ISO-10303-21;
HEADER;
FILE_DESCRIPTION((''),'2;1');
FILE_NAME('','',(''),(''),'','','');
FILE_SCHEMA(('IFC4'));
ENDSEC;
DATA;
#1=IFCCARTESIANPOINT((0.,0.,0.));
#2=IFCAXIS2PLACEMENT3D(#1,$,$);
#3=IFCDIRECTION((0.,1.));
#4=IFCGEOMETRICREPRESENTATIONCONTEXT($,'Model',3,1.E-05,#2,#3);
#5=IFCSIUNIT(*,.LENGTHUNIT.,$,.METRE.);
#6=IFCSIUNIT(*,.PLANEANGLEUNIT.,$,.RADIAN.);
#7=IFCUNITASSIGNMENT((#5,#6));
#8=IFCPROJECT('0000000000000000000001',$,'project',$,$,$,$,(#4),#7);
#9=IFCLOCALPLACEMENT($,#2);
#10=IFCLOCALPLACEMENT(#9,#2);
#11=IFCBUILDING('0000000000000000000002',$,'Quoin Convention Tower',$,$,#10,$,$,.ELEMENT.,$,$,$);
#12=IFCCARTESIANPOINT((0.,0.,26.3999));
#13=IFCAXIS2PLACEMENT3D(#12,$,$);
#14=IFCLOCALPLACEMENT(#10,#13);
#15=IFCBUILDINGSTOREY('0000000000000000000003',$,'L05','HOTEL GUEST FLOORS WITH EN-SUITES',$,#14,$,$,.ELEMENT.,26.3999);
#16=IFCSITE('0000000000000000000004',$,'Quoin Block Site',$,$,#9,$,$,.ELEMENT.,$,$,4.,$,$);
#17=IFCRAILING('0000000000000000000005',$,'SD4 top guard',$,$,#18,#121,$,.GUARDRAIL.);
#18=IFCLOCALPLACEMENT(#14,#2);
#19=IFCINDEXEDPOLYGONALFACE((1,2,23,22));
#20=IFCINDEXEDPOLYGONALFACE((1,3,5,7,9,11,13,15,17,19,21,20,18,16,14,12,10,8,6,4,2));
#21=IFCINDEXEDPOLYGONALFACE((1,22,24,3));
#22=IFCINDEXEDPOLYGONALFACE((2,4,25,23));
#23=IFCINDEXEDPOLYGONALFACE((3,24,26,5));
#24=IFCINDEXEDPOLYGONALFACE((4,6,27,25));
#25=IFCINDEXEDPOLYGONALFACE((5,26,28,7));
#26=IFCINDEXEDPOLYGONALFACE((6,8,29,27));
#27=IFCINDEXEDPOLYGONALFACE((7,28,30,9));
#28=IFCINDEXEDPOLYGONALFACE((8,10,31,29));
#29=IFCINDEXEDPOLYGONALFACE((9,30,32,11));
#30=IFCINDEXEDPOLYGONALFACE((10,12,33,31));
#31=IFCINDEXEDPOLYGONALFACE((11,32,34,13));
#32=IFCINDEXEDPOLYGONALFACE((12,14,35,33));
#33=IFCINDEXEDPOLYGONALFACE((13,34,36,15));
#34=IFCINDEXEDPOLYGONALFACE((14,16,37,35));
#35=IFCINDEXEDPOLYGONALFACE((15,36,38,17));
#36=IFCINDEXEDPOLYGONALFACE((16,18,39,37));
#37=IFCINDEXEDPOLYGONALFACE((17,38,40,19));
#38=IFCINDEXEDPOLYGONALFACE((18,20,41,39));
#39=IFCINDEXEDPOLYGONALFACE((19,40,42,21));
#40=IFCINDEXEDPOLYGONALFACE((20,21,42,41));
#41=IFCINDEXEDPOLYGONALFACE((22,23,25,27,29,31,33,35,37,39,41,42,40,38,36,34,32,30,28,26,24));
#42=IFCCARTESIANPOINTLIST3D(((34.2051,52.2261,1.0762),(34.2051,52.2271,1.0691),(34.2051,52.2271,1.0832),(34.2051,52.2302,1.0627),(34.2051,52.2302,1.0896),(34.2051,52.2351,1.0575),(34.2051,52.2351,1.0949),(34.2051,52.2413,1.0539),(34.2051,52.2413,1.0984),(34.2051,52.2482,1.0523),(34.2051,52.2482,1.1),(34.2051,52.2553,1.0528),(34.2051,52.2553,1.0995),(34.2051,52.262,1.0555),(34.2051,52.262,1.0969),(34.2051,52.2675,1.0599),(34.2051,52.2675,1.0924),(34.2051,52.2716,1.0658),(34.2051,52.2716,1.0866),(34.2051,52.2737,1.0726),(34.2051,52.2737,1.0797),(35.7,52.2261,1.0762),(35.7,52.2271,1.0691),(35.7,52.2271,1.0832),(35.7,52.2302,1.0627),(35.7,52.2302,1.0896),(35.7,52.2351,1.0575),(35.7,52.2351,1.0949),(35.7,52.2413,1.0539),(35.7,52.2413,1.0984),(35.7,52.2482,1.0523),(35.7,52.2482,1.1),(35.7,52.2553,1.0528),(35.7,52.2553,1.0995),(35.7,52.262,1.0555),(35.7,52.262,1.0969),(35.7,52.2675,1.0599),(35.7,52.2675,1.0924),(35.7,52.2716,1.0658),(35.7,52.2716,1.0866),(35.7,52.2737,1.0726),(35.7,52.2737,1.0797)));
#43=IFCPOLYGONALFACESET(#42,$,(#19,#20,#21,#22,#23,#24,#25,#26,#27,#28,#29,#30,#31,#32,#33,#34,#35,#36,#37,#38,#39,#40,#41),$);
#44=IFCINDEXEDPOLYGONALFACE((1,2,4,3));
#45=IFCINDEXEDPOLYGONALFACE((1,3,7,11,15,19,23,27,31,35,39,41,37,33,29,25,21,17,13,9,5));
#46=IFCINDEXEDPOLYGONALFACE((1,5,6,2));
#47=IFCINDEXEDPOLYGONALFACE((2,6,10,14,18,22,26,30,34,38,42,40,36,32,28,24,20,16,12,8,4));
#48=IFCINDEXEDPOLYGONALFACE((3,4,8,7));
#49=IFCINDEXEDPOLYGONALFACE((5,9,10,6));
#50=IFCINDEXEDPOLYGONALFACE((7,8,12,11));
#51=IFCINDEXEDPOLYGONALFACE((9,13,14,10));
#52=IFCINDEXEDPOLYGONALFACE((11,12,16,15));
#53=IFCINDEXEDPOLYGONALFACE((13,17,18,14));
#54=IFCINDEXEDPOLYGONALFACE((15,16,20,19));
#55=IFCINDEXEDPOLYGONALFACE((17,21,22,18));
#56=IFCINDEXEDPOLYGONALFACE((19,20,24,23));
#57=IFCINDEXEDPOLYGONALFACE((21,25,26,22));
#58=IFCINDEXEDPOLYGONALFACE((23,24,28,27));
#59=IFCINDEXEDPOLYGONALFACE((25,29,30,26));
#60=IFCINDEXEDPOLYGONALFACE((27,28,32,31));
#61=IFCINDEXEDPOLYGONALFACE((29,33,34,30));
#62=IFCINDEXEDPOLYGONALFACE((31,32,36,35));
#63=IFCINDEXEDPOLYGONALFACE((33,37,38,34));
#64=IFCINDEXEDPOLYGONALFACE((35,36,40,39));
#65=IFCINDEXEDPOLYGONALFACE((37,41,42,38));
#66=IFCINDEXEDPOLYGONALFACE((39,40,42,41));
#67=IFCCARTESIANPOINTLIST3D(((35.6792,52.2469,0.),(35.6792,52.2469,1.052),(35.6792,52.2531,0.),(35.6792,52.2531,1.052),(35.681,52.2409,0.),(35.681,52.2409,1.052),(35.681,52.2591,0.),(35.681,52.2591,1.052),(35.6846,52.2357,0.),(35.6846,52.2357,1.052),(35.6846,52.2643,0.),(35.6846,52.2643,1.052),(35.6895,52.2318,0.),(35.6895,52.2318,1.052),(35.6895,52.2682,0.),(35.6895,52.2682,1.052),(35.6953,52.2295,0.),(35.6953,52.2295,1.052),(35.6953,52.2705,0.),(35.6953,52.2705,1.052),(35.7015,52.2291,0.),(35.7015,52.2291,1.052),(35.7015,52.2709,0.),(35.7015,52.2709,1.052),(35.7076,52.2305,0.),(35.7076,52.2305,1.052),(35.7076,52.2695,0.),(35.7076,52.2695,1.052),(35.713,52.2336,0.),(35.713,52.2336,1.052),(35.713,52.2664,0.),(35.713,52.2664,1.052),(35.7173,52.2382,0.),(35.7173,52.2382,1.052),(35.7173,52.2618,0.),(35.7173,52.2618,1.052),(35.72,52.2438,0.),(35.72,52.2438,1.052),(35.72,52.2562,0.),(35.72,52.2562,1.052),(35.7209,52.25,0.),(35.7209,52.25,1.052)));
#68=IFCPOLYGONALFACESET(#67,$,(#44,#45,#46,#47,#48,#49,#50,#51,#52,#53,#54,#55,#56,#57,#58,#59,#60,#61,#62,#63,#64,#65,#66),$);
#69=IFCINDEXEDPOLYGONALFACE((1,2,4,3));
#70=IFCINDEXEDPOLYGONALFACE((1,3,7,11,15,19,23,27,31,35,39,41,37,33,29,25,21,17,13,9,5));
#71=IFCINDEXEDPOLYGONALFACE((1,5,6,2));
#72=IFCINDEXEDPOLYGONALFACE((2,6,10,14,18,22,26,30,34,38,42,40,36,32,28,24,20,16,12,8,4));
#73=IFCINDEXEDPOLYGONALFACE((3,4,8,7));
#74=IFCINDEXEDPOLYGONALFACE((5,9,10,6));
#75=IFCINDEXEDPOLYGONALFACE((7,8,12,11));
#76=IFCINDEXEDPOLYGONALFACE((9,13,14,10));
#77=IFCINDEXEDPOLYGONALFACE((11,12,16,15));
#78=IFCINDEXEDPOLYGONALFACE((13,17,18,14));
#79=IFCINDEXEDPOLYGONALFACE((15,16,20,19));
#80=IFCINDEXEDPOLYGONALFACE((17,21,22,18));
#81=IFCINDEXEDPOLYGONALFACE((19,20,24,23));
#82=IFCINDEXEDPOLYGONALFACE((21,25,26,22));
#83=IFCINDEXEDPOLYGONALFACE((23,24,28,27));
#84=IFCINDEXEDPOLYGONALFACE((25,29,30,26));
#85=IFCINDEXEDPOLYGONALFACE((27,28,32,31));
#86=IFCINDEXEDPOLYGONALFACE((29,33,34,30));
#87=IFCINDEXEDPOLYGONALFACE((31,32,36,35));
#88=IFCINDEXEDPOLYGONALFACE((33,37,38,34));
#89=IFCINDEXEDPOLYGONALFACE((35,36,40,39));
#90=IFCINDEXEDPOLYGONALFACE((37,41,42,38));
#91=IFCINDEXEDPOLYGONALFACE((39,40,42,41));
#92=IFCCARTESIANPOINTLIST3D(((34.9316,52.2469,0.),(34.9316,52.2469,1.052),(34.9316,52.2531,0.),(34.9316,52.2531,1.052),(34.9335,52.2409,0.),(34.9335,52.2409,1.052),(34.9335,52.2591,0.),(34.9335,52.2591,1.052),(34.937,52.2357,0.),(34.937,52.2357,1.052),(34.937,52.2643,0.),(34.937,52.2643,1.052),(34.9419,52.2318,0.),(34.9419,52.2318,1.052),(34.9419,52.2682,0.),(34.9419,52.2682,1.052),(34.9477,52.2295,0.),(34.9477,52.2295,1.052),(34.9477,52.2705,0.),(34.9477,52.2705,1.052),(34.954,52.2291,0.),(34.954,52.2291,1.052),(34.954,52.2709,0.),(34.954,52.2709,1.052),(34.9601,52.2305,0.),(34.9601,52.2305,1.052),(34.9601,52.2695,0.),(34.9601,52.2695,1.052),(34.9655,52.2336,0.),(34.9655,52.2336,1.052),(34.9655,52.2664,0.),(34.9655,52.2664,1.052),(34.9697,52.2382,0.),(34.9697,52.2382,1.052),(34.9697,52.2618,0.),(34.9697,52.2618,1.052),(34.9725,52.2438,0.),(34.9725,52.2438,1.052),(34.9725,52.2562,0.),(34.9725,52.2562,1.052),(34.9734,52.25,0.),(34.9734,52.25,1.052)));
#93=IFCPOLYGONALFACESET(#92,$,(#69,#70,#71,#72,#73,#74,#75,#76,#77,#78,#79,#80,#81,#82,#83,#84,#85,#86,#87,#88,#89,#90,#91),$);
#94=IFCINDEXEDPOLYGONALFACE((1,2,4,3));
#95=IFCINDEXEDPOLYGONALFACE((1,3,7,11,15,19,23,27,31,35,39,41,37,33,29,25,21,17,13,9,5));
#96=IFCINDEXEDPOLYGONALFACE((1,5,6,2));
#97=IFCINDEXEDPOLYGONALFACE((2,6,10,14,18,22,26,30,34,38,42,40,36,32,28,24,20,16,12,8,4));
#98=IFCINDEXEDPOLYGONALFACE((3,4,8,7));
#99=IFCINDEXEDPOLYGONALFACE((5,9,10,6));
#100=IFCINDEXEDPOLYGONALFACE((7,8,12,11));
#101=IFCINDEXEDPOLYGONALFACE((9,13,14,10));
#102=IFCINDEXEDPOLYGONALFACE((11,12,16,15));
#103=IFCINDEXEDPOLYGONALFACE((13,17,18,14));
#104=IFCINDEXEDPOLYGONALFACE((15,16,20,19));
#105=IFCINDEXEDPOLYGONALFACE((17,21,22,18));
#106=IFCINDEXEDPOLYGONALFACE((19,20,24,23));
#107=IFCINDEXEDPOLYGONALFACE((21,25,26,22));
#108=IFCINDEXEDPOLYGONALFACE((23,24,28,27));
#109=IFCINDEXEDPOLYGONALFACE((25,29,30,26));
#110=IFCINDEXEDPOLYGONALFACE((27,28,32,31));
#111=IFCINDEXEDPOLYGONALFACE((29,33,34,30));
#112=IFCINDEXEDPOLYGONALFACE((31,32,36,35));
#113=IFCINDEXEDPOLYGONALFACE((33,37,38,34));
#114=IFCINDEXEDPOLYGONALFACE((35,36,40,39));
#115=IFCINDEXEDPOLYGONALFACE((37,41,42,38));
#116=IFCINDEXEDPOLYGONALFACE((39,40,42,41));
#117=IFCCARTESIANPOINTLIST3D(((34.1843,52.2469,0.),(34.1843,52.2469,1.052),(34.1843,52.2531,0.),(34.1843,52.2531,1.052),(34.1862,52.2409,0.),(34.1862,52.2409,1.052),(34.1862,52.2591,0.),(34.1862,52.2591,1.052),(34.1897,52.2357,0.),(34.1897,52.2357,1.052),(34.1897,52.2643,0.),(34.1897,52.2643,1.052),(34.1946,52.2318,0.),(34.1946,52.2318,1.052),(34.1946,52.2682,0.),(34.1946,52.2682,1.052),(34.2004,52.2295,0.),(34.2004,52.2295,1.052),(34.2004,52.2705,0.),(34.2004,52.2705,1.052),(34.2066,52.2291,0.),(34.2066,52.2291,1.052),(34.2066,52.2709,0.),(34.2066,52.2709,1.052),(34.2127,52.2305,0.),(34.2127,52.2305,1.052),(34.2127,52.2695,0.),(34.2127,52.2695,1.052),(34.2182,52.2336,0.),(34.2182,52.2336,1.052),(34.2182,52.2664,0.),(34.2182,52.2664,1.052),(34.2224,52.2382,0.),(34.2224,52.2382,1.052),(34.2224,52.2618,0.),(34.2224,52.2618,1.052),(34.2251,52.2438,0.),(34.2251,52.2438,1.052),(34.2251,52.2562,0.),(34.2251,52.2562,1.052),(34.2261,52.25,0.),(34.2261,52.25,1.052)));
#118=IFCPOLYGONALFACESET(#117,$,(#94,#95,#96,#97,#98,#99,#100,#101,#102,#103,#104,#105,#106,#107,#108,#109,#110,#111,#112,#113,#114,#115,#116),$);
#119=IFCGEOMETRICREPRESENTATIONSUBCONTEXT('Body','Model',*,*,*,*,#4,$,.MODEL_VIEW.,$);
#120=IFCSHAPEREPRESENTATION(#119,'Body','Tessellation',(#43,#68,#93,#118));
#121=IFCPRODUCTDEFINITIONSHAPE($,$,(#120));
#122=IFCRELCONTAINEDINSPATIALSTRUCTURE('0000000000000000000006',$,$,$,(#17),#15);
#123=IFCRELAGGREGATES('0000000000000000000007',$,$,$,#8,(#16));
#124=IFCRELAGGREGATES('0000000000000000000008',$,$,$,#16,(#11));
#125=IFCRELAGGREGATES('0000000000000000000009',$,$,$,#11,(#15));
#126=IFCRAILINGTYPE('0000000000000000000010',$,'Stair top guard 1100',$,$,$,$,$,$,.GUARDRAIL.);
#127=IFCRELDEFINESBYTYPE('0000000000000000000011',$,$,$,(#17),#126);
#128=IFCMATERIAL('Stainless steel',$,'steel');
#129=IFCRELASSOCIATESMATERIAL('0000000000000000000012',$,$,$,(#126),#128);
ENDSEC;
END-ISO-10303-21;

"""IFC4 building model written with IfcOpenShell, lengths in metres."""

from ifc_helpers import new_model, si_unit, direction, frame, origin, origin_2d, place, context, subcontext, project, spatial, circle, extrude, material, type_object, element, save


model = new_model("IFC4")

# Units and contexts
model_context = context("Model", 3, precision=1e-05, world=origin(), true_north=direction((0.0, 1.0)))
body_context = subcontext(model_context, "Body", "Model", "MODEL_VIEW")
ifc_project = project(units=[si_unit("LENGTHUNIT", "METRE"), si_unit("PLANEANGLEUNIT", "RADIAN")], contexts=[model_context])

# Site, building, storey
site_placement = place(None, origin())
site = spatial("IfcSite", under=ifc_project, at=site_placement, Name="Quoin Block Site", CompositionType="ELEMENT", RefElevation=4.0)
building_placement = place(site_placement, origin())
building = spatial("IfcBuilding", under=site, at=building_placement, Name="Quoin Convention Tower", CompositionType="ELEMENT")
storey_placement = place(building_placement, frame((0.0, 0.0, 26.3999)))
storey = spatial("IfcBuildingStorey", under=building, at=storey_placement, Name="L05", Description="HOTEL GUEST FLOORS WITH EN-SUITES", CompositionType="ELEMENT", Elevation=26.3999)

# Railing
ifc_material_1 = material(Name="Stainless steel", Category="steel")
railing_type_1 = type_object("IfcRailingType", Name="Stair top guard 1100", PredefinedType="GUARDRAIL", material=ifc_material_1)
railing_1_placement = place(storey_placement, frame((35.7, 52.25, 0.0)))
element("IfcRailing", 1, at=railing_1_placement, inside=storey, type_object=railing_type_1, Name="SD4 top guard", PredefinedType="GUARDRAIL", context=body_context, shape_type="SweptSolid", body=[
    extrude(circle(Radius=0.0239, at=origin_2d()), frame((0.0, 0.0, 1.0762), z_axis=(-1.0, 0.0, 0.0), x_axis=(0.0, -1.0, 0.0)), (0.0, 0.0, 1.0), 1.4949),
    extrude(circle(Radius=0.021, at=origin_2d()), origin(), (0.0, 0.0, 1.0), 1.052),
    extrude(circle(Radius=0.021, at=origin_2d()), frame((-0.7476, 0.0, 0.0)), (0.0, 0.0, 1.0), 1.052),
    extrude(circle(Radius=0.021, at=origin_2d()), frame((-1.4949, 0.0, 0.0)), (0.0, 0.0, 1.0), 1.052),
])

save(model, "model.ifc")
